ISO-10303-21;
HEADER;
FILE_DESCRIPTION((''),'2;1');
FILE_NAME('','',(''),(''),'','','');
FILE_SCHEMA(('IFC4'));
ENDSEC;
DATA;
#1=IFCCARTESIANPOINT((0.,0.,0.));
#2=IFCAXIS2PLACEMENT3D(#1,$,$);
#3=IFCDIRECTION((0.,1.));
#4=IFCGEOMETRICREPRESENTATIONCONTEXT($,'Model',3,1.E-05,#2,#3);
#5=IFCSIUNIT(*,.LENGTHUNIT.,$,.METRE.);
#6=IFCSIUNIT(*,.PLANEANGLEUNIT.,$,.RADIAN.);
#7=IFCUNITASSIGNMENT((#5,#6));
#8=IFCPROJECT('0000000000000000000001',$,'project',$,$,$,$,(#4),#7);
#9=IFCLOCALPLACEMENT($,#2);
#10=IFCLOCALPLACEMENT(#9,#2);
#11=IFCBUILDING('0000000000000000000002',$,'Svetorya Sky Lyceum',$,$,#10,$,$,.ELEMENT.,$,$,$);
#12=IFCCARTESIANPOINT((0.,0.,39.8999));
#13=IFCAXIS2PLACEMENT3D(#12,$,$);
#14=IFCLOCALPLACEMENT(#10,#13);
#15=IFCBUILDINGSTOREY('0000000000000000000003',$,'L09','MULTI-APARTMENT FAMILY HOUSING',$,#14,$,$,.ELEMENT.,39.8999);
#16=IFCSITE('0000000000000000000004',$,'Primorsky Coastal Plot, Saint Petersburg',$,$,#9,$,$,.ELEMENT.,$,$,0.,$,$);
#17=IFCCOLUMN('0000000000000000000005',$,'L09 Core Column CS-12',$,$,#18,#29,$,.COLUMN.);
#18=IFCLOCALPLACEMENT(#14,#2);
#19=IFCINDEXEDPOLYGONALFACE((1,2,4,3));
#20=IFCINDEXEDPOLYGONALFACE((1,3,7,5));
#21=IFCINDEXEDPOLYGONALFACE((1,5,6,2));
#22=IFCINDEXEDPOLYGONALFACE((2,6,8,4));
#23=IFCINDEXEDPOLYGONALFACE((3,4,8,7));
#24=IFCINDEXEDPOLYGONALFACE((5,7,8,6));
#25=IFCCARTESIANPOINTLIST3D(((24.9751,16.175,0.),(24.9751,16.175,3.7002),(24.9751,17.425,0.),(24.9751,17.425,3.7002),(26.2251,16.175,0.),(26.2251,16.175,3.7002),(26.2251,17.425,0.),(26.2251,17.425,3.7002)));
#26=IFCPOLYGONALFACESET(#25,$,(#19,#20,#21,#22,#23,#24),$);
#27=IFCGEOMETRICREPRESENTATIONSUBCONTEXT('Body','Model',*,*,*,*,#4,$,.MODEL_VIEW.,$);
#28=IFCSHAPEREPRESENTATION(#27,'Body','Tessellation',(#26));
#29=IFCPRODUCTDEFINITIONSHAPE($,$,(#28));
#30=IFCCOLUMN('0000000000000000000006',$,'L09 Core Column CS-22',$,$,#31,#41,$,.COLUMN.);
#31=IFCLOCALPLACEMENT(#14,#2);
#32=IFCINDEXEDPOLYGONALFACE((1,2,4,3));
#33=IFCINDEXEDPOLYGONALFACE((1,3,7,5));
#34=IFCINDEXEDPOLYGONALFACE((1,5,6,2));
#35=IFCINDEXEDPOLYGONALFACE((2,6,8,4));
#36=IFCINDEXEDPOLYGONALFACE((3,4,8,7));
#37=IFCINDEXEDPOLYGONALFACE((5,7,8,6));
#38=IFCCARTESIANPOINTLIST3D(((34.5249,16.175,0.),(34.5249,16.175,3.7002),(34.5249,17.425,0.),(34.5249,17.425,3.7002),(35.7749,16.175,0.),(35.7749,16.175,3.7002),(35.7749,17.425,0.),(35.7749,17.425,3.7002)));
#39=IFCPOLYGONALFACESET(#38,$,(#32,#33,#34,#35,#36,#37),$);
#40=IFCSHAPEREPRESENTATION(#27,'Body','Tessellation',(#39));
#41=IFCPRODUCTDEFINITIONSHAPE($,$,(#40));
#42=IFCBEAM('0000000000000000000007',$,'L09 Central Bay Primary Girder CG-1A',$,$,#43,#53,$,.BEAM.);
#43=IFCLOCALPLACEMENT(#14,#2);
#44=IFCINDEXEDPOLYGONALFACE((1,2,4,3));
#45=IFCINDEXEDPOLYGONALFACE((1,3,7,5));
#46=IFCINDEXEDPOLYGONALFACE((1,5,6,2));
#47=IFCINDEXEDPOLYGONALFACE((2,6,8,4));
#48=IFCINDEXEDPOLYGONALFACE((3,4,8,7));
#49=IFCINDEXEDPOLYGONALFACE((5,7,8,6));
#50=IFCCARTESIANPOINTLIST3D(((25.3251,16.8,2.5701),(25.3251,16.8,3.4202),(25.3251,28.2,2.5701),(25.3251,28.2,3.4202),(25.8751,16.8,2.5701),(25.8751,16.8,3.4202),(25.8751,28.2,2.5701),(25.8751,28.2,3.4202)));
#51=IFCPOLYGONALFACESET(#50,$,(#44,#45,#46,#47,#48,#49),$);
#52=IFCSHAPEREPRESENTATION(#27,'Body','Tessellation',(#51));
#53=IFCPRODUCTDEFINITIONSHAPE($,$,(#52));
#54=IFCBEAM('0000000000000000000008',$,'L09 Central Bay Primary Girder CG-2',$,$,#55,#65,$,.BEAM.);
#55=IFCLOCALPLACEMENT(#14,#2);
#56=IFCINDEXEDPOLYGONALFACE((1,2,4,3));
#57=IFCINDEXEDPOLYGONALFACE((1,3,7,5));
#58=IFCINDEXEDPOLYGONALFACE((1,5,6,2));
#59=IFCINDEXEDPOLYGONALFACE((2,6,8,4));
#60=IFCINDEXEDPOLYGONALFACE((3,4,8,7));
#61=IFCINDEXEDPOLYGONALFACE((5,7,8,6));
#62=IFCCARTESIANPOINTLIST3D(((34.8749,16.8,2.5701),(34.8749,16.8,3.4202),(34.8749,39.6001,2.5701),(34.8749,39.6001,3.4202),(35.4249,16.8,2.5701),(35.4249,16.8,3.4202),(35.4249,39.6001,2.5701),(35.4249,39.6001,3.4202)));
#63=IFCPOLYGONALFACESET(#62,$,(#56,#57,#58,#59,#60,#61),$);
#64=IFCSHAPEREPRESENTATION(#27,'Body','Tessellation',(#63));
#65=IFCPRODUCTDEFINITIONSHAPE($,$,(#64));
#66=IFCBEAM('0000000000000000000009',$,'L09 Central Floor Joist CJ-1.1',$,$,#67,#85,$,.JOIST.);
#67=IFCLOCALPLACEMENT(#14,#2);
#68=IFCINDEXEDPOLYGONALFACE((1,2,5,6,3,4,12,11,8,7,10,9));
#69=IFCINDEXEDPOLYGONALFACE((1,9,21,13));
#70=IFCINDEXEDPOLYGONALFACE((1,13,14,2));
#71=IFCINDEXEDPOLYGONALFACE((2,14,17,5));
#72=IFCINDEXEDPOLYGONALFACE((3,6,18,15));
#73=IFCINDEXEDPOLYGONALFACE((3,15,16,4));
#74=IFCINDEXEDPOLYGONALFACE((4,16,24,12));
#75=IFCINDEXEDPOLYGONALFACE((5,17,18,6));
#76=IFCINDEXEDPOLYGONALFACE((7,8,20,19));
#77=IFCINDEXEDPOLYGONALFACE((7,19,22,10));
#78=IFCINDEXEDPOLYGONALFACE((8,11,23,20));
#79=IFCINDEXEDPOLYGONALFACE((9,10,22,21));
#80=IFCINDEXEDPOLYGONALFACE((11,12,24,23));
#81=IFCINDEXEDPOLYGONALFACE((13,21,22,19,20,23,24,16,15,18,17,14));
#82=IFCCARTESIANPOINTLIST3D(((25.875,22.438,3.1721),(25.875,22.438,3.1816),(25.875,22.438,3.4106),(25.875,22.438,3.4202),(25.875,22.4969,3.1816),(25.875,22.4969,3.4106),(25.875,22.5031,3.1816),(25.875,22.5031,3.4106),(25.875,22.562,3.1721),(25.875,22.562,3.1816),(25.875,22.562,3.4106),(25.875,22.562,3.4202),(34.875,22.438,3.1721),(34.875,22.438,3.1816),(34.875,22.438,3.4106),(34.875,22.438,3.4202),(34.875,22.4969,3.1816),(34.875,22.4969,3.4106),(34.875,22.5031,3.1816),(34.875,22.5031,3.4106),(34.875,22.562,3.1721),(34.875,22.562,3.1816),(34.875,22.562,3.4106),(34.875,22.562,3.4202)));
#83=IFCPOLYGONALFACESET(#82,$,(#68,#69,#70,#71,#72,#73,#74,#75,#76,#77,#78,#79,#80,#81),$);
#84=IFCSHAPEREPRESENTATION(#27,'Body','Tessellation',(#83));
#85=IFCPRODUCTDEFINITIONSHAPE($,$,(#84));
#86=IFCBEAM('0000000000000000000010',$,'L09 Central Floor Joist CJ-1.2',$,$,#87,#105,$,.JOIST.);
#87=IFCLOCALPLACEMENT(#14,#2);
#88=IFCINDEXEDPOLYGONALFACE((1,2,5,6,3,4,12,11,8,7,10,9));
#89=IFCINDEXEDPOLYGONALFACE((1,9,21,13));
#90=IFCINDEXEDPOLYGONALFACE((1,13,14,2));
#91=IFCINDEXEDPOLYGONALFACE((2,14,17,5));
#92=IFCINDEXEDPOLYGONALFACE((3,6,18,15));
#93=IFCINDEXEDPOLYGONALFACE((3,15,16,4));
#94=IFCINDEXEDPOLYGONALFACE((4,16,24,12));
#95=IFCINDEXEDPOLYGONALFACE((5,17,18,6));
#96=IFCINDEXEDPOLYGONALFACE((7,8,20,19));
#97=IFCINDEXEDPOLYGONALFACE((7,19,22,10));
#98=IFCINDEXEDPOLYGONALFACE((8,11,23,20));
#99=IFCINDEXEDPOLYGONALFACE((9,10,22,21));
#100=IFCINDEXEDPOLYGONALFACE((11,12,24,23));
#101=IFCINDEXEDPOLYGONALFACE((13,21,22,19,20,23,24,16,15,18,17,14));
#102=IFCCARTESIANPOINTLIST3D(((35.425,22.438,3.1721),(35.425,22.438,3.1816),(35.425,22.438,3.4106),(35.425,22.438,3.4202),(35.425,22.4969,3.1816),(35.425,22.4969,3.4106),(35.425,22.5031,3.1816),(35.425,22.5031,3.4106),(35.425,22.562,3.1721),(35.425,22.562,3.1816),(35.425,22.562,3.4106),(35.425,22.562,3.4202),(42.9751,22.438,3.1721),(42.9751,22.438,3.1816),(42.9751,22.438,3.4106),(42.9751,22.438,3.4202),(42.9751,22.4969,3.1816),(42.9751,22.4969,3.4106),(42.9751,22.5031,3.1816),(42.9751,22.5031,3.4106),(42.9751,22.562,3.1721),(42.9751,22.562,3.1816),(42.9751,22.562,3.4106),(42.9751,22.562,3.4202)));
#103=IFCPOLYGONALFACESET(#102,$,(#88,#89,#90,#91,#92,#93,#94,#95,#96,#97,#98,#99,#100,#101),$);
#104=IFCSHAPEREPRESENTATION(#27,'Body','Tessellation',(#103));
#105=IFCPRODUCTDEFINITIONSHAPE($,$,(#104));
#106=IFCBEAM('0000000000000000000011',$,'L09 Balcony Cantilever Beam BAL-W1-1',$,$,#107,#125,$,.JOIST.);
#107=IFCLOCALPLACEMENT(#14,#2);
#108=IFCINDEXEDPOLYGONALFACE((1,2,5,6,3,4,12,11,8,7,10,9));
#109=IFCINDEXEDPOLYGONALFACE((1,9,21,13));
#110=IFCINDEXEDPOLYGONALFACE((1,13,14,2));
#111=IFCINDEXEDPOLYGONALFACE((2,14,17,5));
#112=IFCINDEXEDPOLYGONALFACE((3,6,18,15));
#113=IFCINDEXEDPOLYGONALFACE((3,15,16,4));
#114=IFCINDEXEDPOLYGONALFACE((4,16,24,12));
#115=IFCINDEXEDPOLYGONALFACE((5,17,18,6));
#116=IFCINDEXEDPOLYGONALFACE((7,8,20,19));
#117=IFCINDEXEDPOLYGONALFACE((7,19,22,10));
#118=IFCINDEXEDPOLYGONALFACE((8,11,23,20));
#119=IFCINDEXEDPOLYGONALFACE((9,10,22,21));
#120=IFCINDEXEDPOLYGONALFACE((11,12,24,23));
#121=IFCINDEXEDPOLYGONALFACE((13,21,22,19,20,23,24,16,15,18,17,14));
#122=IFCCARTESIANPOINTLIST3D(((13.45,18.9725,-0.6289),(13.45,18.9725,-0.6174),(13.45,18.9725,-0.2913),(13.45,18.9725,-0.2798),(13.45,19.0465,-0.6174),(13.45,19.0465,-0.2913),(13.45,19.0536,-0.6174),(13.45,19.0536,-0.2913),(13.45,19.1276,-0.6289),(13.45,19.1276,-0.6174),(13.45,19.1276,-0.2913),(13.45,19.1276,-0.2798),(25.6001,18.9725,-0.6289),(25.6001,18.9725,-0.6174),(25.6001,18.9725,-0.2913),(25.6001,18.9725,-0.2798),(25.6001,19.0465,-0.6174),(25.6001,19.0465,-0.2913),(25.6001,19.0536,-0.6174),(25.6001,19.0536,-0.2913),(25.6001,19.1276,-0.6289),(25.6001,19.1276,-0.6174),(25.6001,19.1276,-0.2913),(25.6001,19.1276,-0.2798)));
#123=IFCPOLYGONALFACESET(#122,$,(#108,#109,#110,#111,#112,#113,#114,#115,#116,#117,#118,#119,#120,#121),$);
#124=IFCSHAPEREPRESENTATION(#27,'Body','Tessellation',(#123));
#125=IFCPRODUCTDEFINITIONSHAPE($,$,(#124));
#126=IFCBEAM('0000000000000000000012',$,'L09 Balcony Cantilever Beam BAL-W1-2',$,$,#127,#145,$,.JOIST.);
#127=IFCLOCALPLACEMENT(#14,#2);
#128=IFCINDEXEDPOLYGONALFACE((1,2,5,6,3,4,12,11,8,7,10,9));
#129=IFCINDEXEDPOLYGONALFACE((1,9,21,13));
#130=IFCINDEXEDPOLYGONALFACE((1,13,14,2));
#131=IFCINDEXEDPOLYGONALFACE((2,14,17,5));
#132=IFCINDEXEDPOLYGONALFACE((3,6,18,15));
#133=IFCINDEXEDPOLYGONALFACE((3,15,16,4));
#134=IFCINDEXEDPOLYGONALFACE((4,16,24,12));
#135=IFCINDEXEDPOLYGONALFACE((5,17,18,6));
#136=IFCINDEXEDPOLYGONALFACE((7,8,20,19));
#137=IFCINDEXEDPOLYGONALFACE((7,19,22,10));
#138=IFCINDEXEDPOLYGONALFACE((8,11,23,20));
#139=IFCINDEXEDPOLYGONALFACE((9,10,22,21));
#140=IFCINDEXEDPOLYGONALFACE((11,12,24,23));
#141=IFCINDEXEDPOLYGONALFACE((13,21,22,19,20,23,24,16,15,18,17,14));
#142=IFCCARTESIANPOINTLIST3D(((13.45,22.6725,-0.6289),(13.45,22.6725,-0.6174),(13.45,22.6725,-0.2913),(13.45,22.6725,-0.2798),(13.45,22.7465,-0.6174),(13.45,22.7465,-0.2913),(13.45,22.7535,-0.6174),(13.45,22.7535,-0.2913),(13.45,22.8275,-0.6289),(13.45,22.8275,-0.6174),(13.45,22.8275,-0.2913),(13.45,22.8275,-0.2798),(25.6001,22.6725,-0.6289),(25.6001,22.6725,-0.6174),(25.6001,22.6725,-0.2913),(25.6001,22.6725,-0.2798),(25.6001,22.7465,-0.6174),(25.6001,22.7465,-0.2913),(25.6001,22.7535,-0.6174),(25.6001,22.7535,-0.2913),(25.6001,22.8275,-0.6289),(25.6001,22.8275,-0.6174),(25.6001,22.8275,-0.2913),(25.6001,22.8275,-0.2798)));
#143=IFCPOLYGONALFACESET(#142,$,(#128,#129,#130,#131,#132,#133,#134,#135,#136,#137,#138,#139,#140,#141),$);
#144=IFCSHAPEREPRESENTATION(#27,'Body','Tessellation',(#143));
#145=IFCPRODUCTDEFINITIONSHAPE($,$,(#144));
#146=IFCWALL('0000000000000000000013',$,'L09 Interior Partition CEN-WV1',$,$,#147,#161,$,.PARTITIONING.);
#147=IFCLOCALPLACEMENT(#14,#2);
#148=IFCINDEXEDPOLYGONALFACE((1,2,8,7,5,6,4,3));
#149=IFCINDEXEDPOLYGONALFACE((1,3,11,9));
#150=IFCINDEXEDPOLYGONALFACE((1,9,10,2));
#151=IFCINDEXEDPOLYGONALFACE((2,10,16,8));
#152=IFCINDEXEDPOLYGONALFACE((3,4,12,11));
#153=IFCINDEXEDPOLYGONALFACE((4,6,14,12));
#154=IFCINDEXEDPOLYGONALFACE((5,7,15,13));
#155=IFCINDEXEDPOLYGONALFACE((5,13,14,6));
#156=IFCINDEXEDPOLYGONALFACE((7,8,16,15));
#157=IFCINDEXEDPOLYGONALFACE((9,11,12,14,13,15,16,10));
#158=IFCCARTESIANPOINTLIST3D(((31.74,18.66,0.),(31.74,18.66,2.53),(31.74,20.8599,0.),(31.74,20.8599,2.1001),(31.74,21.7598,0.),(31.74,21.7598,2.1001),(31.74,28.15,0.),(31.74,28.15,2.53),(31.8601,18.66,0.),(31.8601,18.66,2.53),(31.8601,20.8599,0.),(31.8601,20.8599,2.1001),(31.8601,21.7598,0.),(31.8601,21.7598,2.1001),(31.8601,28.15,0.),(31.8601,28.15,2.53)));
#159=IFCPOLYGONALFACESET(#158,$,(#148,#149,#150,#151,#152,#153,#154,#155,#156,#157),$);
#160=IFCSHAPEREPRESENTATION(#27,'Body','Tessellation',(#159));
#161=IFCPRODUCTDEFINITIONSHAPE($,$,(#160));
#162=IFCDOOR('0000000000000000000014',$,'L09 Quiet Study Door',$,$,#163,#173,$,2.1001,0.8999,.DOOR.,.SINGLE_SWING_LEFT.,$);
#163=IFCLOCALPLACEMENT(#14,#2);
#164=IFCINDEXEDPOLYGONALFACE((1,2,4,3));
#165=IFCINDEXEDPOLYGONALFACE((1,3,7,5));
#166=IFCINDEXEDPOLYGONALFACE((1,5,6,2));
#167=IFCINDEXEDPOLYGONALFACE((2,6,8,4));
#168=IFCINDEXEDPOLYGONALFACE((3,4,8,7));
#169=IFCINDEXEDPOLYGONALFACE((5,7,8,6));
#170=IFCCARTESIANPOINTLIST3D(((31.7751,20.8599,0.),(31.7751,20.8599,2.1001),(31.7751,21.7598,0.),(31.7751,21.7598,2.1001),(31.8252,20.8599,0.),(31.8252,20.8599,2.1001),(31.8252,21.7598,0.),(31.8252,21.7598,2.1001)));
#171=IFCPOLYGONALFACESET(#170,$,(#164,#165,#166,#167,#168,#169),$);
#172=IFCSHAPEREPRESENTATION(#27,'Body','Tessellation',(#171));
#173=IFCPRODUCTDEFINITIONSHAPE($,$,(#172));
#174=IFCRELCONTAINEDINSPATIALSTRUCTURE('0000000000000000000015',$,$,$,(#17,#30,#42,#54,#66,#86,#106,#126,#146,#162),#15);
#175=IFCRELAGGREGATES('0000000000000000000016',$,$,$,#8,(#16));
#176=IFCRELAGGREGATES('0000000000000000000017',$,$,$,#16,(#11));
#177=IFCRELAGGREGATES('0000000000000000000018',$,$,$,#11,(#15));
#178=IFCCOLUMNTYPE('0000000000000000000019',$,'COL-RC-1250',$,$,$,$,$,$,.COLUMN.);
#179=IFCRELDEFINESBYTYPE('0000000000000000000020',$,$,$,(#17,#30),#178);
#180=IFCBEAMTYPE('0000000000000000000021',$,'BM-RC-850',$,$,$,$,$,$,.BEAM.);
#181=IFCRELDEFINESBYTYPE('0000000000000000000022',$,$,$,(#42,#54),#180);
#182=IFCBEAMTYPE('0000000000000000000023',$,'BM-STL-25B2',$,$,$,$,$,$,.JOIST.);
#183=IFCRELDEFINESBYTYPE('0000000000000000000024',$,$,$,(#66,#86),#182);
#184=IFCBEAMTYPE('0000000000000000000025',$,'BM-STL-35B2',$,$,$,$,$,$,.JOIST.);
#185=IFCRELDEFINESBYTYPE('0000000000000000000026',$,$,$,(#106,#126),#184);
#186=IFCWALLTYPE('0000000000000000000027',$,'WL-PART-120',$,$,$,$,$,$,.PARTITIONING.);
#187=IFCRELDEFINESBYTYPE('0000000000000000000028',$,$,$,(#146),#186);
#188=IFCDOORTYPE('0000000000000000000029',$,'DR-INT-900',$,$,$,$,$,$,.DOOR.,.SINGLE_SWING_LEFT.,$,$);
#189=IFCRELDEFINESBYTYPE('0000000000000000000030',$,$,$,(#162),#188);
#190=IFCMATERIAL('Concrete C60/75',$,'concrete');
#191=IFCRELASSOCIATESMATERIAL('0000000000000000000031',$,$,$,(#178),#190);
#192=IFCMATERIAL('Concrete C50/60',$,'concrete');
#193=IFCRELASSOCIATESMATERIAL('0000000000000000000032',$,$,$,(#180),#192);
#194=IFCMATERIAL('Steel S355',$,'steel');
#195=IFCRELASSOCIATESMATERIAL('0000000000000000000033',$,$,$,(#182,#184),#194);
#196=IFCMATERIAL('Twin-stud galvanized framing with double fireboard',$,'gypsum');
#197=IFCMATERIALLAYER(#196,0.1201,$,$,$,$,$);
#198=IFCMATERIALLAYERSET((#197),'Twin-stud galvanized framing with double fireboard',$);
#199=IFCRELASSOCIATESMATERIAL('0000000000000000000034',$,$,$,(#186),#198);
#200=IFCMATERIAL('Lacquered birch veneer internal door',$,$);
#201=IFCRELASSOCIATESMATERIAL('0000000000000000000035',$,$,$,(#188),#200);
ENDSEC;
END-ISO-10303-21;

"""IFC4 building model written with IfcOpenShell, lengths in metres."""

from ifc_helpers import new_model, si_unit, direction, frame, frame_2d, origin, origin_2d, place, context, subcontext, project, spatial, rectangle, i_section, extrude, material, layer, layer_set, material_profile, profile_set, type_object, element, fill, save


model = new_model("IFC4")

# Units and contexts
model_context = context("Model", 3, precision=1e-05, world=origin(), true_north=direction((0.0, 1.0)))
body_context = subcontext(model_context, "Body", "Model", "MODEL_VIEW")
ifc_project = project(units=[si_unit("LENGTHUNIT", "METRE"), si_unit("PLANEANGLEUNIT", "RADIAN")], contexts=[model_context])

# Site, building, storey
site_placement = place(None, origin())
site = spatial("IfcSite", under=ifc_project, at=site_placement, Name="Primorsky Coastal Plot, Saint Petersburg", CompositionType="ELEMENT", RefElevation=0.0)
building_placement = place(site_placement, origin())
building = spatial("IfcBuilding", under=site, at=building_placement, Name="Svetorya Sky Lyceum", CompositionType="ELEMENT")
storey_placement = place(building_placement, frame((0.0, 0.0, 39.8999)))
storey = spatial("IfcBuildingStorey", under=building, at=storey_placement, Name="L09", Description="MULTI-APARTMENT FAMILY HOUSING", CompositionType="ELEMENT", Elevation=39.8999)

# Columns
ifc_material_1 = material(Name="Concrete C60/75", Category="concrete")
ifc_material_profile_1 = material_profile(ifc_material_1, rectangle(XDim=1.25, YDim=1.25, at=origin_2d()), Name="RC COL 1250x1250")
ifc_profile_set_1 = profile_set([ifc_material_profile_1], Name="Concrete C60/75")
column_type = type_object("IfcColumnType", Name="COL-RC-1250", PredefinedType="COLUMN", material=ifc_profile_set_1)
for number, where, z_axis, x_axis, name in (
    (1, (25.6001, 16.8, 0.0), (0.0, 0.0, 1.0), (1.0, 0.0, 0.0), "L09 Core Column CS-12"),
    (2, (35.1499, 16.8, 0.0), (0.0, 0.0, 1.0), (1.0, 0.0, 0.0), "L09 Core Column CS-22"),
):
    element("IfcColumn", number, at=place(storey_placement, frame(where, z_axis=z_axis, x_axis=x_axis)), inside=storey, type_object=column_type, Name=name, PredefinedType="COLUMN", context=body_context, shape_type="SweptSolid", body=[
        extrude(rectangle(XDim=1.25, YDim=1.25, at=origin_2d()), origin(), (0.0, 0.0, 1.0), 3.7002),
    ])

# Beams
ifc_material_2 = material(Name="Concrete C50/60", Category="concrete")
ifc_material_profile_2 = material_profile(ifc_material_2, rectangle(XDim=0.55, YDim=0.8501, at=origin_2d()), Name="RC BEAM 550x850")
ifc_profile_set_2 = profile_set([ifc_material_profile_2], Name="Concrete C50/60")
beam_type_1 = type_object("IfcBeamType", Name="BM-RC-850", PredefinedType="BEAM", material=ifc_profile_set_2)
beam_1_placement = place(storey_placement, frame((25.6001, 16.8, 2.9951), z_axis=(0.0, 1.0, 0.0), x_axis=(-1.0, 0.0, 0.0)))
element("IfcBeam", 3, at=beam_1_placement, inside=storey, type_object=beam_type_1, Name="L09 Central Bay Primary Girder CG-1A", PredefinedType="BEAM", context=body_context, shape_type="SweptSolid", body=[
    extrude(rectangle(XDim=0.55, YDim=0.8501, at=origin_2d()), origin(), (0.0, 0.0, 1.0), 11.3999),
])
beam_2_placement = place(storey_placement, frame((35.1499, 16.8, 2.9951), z_axis=(0.0, 1.0, 0.0), x_axis=(-1.0, 0.0, 0.0)))
element("IfcBeam", 4, at=beam_2_placement, inside=storey, type_object=beam_type_1, Name="L09 Central Bay Primary Girder CG-2", PredefinedType="BEAM", context=body_context, shape_type="SweptSolid", body=[
    extrude(rectangle(XDim=0.55, YDim=0.8501, at=origin_2d()), origin(), (0.0, 0.0, 1.0), 22.8),
])
ifc_material_3 = material(Name="Steel S355", Category="steel")
ifc_material_profile_3 = material_profile(ifc_material_3, i_section(OverallWidth=0.124, OverallDepth=0.248, WebThickness=0.0061, FlangeThickness=0.0095, at=origin_2d()), Name="GOST 25B2")
ifc_profile_set_3 = profile_set([ifc_material_profile_3], Name="Steel S355")
beam_type_2 = type_object("IfcBeamType", Name="BM-STL-25B2", PredefinedType="JOIST", material=ifc_profile_set_3)
beam_3_placement = place(storey_placement, frame((25.875, 22.5, 3.2961), z_axis=(1.0, 0.0, 0.0), x_axis=(0.0, 1.0, 0.0)))
element("IfcBeam", 5, at=beam_3_placement, inside=storey, type_object=beam_type_2, Name="L09 Central Floor Joist CJ-1.1", PredefinedType="JOIST", context=body_context, shape_type="SweptSolid", body=[
    extrude(i_section(OverallWidth=0.124, OverallDepth=0.248, WebThickness=0.0061, FlangeThickness=0.0095, at=origin_2d()), origin(), (0.0, 0.0, 1.0), 9.0),
])
beam_4_placement = place(storey_placement, frame((35.425, 22.5, 3.2961), z_axis=(1.0, 0.0, 0.0), x_axis=(0.0, 1.0, 0.0)))
element("IfcBeam", 6, at=beam_4_placement, inside=storey, type_object=beam_type_2, Name="L09 Central Floor Joist CJ-1.2", PredefinedType="JOIST", context=body_context, shape_type="SweptSolid", body=[
    extrude(i_section(OverallWidth=0.124, OverallDepth=0.248, WebThickness=0.0061, FlangeThickness=0.0095, at=origin_2d()), origin(), (0.0, 0.0, 1.0), 7.55),
])
ifc_material_profile_4 = material_profile(ifc_material_3, i_section(OverallWidth=0.155, OverallDepth=0.3491, WebThickness=0.0071, FlangeThickness=0.0115, at=origin_2d()), Name="GOST 35B2")
ifc_profile_set_4 = profile_set([ifc_material_profile_4], Name="Steel S355")
beam_type_3 = type_object("IfcBeamType", Name="BM-STL-35B2", PredefinedType="JOIST", material=ifc_profile_set_4)
for number, where, z_axis, x_axis, name in (
    (7, (25.6001, 19.05, -0.4543), (-1.0, 0.0, 0.0), (0.0, -1.0, 0.0), "L09 Balcony Cantilever Beam BAL-W1-1"),
    (8, (25.6001, 22.75, -0.4543), (-1.0, 0.0, 0.0), (0.0, -1.0, 0.0), "L09 Balcony Cantilever Beam BAL-W1-2"),
):
    element("IfcBeam", number, at=place(storey_placement, frame(where, z_axis=z_axis, x_axis=x_axis)), inside=storey, type_object=beam_type_3, Name=name, PredefinedType="JOIST", context=body_context, shape_type="SweptSolid", body=[
        extrude(i_section(OverallWidth=0.155, OverallDepth=0.3491, WebThickness=0.0071, FlangeThickness=0.0115, at=origin_2d()), origin(), (0.0, 0.0, 1.0), 12.1501),
    ])

# Wall, opening, door
ifc_material_4 = material(Name="Twin-stud galvanized framing with double fireboard", Category="gypsum")
ifc_layer_1 = layer(ifc_material_4, 0.1201)
ifc_layer_set_1 = layer_set([ifc_layer_1], Name="Twin-stud galvanized framing with double fireboard")
wall_type_1 = type_object("IfcWallType", Name="WL-PART-120", PredefinedType="PARTITIONING", material=ifc_layer_set_1)
wall_1_placement = place(storey_placement, frame((31.8, 18.6599, 0.0), z_axis=(0.0, 0.0, 1.0), x_axis=(0.0, 1.0, 0.0)))
wall_1 = element("IfcWall", 9, at=wall_1_placement, inside=storey, type_object=wall_type_1, Name="L09 Interior Partition CEN-WV1", PredefinedType="PARTITIONING", context=body_context, shape_type="SweptSolid", body=[
    extrude(rectangle(XDim=9.49, YDim=0.1201, at=frame_2d((4.7451, 0.0))), origin(), (0.0, 0.0, 1.0), 2.53),
])
opening_1_placement = place(wall_1_placement, frame((2.2, 0.0, 0.0)))
opening_1 = element("IfcOpeningElement", 10, at=opening_1_placement, cuts=wall_1, PredefinedType="OPENING", context=body_context, shape_type="SweptSolid", body=[
    extrude(rectangle(XDim=0.8999, YDim=2.1001, at=frame_2d((0.45, 1.05))), frame((0.0, 0.0701, 0.0), z_axis=(0.0, -1.0, 0.0), x_axis=(1.0, 0.0, 0.0)), (0.0, 0.0, 1.0), 0.1401),
])
ifc_material_5 = material(Name="Lacquered birch veneer internal door")
door_type_1 = type_object("IfcDoorType", Name="DR-INT-900", OperationType="SINGLE_SWING_LEFT", PredefinedType="DOOR", material=ifc_material_5)
door_1_placement = place(opening_1_placement, origin())
door_1 = element("IfcDoor", 11, at=door_1_placement, inside=storey, type_object=door_type_1, Name="L09 Quiet Study Door", OperationType="SINGLE_SWING_LEFT", OverallHeight=2.1001, OverallWidth=0.8999, PredefinedType="DOOR", context=body_context, shape_type="SweptSolid", body=[
    extrude(rectangle(XDim=0.8999, YDim=2.1001, at=frame_2d((0.45, 1.05))), frame((0.0, 0.0249, 0.0), z_axis=(0.0, -1.0, 0.0), x_axis=(1.0, 0.0, 0.0)), (0.0, 0.0, 1.0), 0.05),
])
fill(opening_1, door_1)

save(model, "model.ifc")
